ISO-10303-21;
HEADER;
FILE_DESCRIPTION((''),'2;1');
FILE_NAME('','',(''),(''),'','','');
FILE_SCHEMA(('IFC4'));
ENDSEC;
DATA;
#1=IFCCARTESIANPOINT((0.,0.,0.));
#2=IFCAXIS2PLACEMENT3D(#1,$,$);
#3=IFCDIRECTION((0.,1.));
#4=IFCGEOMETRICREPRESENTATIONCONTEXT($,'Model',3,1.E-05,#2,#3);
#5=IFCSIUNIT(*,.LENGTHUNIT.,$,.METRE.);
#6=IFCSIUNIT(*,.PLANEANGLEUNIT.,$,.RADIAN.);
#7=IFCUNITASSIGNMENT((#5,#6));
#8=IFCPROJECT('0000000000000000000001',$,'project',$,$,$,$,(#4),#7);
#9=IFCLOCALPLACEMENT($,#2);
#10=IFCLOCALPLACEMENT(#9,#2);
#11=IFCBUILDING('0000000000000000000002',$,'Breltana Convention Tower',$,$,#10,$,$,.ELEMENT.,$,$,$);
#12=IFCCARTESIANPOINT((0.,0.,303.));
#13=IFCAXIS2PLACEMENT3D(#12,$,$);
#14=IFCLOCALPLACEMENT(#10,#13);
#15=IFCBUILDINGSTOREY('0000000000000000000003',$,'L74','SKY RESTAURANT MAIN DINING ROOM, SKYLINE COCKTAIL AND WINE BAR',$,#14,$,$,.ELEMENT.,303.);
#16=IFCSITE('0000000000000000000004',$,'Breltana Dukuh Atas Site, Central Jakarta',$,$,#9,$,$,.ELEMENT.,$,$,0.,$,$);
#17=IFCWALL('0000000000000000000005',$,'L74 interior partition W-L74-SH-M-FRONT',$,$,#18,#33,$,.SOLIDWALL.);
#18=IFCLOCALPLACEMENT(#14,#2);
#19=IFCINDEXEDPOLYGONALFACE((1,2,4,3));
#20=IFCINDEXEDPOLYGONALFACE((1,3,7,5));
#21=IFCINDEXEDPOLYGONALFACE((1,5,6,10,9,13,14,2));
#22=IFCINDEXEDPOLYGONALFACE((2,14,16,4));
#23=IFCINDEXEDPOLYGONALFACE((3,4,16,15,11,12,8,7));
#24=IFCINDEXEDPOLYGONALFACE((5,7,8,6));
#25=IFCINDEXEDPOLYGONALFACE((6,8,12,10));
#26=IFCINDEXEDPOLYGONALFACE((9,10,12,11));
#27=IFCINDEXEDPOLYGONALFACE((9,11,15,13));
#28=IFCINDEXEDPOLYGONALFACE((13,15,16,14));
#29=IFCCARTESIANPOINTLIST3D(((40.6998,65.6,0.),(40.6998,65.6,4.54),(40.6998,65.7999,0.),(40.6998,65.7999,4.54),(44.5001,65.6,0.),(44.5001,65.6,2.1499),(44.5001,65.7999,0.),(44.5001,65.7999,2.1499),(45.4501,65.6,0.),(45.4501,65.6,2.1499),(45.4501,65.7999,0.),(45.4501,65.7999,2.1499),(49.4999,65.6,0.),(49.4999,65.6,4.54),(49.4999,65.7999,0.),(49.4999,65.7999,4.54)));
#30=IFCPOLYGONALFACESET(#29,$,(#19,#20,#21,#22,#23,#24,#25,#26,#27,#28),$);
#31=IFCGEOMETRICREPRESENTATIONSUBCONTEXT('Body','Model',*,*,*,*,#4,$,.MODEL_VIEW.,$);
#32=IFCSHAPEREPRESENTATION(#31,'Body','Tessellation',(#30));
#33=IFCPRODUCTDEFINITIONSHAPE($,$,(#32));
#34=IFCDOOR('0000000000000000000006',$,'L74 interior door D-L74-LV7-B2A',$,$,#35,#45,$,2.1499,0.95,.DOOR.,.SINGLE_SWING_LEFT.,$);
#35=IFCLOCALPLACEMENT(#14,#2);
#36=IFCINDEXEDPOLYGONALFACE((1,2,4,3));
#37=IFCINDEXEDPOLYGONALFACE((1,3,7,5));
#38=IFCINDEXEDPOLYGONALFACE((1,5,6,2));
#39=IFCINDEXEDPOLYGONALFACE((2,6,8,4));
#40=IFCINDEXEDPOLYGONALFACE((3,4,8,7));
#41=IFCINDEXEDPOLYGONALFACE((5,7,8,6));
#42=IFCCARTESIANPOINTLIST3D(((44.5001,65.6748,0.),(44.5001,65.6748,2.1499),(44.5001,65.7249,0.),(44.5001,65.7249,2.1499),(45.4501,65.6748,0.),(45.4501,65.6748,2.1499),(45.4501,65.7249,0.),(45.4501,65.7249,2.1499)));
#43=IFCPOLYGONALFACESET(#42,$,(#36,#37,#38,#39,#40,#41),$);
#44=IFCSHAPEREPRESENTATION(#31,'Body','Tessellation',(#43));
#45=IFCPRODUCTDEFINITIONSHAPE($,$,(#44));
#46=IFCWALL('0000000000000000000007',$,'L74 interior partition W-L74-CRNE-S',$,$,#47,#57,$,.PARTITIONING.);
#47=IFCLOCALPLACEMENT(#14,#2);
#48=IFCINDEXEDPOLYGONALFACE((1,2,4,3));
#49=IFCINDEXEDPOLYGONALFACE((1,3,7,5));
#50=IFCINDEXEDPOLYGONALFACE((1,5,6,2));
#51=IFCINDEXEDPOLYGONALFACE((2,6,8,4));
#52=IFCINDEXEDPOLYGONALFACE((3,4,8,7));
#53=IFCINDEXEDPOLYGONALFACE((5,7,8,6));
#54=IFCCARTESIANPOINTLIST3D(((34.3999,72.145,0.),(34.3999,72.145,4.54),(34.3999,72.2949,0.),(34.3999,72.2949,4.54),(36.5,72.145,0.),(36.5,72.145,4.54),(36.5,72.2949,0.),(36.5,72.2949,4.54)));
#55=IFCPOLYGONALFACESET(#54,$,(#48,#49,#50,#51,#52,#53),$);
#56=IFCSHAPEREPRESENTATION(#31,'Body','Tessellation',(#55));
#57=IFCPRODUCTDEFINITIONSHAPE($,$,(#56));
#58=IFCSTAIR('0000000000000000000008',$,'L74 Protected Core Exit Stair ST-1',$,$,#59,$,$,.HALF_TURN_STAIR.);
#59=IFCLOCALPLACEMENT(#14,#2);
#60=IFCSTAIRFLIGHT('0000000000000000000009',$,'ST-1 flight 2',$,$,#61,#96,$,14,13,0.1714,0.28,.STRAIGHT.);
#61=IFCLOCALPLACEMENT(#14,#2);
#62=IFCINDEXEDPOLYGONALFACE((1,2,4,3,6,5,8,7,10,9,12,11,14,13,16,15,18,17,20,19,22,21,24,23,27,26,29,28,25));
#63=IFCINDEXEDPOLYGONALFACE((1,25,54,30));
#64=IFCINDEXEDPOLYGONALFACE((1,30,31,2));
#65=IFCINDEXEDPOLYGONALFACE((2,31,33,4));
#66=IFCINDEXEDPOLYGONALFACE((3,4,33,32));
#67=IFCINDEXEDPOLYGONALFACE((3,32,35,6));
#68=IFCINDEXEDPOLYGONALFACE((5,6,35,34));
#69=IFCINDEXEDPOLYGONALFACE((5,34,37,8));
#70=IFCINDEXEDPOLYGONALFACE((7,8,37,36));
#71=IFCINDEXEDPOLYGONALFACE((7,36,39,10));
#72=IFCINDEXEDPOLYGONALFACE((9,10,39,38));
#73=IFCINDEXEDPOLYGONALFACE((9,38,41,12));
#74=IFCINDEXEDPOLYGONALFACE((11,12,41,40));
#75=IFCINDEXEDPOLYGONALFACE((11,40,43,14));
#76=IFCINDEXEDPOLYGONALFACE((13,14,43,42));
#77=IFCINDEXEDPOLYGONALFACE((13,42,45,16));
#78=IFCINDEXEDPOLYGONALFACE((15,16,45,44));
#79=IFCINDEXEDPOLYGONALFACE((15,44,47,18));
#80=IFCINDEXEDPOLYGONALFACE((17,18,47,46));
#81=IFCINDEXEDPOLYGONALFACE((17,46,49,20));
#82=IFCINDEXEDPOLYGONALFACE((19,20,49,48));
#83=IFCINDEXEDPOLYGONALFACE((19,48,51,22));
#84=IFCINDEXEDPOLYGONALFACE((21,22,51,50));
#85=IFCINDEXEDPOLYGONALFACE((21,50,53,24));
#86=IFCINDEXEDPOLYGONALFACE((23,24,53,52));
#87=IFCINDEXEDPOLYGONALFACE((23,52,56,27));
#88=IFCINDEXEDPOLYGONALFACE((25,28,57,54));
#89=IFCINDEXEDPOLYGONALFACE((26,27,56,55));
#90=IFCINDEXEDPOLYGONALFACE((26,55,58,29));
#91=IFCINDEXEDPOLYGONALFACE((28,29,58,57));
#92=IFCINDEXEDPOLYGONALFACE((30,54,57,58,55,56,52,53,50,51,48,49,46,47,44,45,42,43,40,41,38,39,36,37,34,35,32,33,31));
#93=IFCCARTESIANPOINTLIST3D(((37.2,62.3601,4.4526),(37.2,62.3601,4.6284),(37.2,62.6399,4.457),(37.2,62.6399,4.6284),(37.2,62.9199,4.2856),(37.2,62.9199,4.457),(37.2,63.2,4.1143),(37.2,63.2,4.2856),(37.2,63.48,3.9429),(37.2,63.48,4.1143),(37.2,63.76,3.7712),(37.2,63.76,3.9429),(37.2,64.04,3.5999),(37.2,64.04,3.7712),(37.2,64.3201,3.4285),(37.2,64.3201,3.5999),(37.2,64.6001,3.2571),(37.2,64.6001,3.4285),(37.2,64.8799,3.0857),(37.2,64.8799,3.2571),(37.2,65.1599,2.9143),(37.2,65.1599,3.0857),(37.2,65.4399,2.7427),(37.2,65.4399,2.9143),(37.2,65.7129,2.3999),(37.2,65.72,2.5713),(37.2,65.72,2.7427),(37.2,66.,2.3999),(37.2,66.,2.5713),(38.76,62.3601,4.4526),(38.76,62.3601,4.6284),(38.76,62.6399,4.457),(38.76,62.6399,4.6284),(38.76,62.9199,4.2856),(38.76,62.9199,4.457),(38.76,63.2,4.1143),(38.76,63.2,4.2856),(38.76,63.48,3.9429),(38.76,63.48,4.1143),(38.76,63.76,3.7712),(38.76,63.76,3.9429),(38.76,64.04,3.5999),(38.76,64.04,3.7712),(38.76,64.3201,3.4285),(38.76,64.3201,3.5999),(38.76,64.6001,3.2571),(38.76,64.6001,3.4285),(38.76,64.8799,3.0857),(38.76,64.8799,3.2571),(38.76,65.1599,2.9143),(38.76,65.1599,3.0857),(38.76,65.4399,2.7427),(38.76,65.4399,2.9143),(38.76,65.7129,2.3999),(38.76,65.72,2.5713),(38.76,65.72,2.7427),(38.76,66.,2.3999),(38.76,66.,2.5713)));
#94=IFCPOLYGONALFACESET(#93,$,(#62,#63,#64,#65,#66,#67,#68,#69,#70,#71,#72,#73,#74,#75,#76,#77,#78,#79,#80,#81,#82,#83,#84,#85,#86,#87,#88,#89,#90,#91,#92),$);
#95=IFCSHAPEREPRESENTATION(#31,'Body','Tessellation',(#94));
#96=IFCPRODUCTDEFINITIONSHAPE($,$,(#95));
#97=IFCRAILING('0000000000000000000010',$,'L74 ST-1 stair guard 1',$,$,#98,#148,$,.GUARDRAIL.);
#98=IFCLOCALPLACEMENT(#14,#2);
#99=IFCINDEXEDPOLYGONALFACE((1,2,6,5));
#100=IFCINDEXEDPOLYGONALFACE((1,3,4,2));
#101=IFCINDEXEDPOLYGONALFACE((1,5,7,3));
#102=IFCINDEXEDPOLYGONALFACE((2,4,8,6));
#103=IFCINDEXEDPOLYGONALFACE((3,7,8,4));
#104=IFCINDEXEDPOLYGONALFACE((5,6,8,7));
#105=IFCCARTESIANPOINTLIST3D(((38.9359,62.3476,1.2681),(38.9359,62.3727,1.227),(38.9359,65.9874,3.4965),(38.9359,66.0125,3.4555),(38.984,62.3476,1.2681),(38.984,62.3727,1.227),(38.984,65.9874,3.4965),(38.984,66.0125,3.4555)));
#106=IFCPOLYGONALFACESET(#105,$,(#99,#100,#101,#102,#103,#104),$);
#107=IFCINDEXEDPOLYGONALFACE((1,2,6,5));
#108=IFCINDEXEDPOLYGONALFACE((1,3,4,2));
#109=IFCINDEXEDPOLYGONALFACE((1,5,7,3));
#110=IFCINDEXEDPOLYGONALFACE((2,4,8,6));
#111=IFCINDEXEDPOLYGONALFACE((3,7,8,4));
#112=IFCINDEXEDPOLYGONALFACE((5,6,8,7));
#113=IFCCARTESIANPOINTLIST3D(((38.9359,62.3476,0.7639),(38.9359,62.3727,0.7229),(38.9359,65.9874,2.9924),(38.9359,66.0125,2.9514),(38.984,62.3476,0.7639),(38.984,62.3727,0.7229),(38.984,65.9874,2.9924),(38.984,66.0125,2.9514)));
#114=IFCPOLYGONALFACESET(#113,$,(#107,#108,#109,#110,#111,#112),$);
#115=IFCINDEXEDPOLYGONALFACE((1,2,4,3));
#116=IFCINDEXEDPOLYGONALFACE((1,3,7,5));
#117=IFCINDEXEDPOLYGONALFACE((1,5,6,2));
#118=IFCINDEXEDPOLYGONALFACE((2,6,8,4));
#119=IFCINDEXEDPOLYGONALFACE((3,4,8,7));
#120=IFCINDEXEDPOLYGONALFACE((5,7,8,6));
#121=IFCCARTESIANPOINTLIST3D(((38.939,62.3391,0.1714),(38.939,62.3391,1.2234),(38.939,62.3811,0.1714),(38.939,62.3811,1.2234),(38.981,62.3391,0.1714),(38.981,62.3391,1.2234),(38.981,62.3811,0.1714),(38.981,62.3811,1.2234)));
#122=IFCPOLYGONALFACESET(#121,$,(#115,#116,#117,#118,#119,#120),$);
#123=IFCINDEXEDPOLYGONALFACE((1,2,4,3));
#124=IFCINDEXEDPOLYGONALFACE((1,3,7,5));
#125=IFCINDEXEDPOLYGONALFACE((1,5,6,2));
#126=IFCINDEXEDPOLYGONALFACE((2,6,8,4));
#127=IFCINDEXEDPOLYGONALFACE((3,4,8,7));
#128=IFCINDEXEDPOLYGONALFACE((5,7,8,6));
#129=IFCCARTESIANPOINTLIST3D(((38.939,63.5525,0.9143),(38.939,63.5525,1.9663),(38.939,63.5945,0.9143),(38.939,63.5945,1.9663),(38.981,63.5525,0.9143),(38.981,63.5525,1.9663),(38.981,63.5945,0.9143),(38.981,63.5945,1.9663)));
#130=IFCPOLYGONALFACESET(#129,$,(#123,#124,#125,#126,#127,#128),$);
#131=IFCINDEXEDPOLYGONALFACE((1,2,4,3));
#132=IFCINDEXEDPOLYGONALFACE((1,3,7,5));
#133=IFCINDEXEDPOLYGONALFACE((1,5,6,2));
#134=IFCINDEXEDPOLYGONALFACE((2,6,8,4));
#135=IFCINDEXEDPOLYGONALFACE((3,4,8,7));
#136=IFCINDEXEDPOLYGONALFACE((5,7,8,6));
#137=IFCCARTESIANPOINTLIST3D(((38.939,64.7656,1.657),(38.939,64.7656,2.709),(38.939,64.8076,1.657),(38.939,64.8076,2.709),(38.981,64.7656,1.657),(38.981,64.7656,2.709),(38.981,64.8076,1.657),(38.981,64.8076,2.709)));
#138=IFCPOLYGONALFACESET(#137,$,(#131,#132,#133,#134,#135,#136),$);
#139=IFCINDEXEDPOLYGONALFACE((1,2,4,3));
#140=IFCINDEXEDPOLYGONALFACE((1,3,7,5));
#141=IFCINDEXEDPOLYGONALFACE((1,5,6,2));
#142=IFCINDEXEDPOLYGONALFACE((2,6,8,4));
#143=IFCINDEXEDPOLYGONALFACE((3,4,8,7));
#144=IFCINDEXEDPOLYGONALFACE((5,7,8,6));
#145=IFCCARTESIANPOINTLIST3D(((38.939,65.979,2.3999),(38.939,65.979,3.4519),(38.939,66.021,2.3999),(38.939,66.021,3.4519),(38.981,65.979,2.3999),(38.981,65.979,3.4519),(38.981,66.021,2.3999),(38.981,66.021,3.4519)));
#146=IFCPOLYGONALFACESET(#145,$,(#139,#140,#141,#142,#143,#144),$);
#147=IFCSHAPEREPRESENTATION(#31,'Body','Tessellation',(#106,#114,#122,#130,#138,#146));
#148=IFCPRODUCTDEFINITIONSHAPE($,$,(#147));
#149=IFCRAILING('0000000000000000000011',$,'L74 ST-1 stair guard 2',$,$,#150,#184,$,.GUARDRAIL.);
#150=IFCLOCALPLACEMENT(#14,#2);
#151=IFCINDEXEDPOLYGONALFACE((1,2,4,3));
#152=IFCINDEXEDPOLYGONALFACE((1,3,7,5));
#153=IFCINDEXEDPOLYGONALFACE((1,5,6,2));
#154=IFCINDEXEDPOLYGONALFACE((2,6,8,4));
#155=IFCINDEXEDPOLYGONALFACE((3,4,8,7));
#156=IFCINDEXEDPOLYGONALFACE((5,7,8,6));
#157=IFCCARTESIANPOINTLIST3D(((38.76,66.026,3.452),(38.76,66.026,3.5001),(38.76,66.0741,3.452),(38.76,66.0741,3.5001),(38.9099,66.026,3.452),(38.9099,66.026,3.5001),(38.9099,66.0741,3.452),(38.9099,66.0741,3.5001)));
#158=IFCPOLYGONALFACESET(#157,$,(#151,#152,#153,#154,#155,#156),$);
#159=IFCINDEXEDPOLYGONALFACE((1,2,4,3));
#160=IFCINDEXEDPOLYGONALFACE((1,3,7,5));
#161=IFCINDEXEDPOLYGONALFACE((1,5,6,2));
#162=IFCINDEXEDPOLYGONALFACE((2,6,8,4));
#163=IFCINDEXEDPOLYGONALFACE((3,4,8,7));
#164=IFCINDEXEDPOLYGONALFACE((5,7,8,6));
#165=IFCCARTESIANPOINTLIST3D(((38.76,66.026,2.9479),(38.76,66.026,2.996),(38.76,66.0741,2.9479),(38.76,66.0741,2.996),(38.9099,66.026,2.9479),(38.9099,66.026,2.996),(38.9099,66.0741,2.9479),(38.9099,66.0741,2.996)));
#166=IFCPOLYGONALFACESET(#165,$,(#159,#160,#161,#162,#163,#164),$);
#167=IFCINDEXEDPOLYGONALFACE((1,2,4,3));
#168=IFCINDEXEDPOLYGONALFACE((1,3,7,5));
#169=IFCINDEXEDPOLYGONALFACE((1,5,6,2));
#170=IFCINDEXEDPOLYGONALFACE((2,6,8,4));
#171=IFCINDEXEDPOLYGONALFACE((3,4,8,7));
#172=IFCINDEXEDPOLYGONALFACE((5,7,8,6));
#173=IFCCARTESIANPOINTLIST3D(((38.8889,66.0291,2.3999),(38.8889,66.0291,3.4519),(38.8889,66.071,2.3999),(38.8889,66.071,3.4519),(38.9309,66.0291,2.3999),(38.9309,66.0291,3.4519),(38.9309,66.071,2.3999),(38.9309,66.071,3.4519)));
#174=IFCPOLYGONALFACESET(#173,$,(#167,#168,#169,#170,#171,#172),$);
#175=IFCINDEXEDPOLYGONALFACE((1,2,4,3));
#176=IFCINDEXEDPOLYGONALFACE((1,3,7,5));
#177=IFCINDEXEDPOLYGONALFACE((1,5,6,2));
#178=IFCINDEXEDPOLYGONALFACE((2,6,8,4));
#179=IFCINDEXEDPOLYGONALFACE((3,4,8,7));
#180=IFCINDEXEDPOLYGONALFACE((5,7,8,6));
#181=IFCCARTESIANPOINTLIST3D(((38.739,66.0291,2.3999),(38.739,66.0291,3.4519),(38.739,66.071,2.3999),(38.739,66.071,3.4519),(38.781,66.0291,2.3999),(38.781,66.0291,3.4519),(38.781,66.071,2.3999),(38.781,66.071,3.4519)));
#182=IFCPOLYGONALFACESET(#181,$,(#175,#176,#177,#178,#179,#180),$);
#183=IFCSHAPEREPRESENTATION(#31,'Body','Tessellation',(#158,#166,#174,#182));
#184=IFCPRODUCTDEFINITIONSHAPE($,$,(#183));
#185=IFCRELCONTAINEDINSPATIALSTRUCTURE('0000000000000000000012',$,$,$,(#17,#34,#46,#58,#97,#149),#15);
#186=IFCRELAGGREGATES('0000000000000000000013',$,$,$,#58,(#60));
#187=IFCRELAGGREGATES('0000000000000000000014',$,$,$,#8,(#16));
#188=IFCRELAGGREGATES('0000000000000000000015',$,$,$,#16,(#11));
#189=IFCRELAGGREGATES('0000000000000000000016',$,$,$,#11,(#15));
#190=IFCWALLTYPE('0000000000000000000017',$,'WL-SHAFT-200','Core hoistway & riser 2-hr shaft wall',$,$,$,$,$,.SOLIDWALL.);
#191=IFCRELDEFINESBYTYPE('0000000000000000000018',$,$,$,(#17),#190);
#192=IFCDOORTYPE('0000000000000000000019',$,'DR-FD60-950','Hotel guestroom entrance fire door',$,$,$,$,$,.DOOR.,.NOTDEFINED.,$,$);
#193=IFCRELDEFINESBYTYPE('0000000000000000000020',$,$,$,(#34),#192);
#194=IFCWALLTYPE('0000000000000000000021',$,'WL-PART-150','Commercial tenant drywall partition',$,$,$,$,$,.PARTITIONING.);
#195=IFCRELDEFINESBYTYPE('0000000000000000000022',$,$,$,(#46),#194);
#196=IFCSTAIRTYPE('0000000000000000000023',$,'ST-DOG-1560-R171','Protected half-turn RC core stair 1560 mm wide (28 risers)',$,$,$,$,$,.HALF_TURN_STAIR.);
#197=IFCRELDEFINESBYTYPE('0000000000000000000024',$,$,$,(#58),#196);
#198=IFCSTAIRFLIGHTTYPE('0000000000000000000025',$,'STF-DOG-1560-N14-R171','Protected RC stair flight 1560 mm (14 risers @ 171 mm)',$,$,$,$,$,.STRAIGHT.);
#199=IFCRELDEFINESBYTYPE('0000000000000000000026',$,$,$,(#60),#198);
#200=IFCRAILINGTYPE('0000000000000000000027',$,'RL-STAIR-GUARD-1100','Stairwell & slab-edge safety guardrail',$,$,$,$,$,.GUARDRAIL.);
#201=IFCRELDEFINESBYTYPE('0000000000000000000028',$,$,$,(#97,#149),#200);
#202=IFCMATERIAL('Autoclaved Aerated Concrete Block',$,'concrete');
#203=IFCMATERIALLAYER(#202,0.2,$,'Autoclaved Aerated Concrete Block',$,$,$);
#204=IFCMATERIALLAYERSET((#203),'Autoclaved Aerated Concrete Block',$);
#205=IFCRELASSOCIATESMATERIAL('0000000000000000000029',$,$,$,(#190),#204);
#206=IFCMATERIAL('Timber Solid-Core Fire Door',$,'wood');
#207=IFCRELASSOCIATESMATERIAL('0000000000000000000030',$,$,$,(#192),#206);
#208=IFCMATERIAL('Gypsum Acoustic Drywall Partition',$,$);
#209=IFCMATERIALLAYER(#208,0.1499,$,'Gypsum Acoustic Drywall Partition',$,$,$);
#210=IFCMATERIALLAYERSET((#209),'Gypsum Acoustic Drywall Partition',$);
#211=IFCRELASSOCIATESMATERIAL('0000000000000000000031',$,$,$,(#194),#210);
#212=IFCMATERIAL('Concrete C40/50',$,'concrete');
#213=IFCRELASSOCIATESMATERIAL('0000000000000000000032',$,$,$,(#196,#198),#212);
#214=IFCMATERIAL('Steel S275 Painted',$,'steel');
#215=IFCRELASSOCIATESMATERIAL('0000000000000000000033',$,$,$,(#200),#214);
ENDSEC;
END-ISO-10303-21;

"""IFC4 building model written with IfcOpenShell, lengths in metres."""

from ifc_helpers import new_model, si_unit, direction, frame, frame_2d, origin, origin_2d, place, context, subcontext, project, spatial, polyline, rectangle, outline, extrude, source, transform, mapped, material, layer, layer_set, type_object, type_shapes, element, fill, aggregate, save


model = new_model("IFC4")

# Units and contexts
model_context = context("Model", 3, precision=1e-05, world=origin(), true_north=direction((0.0, 1.0)))
body_context = subcontext(model_context, "Body", "Model", "MODEL_VIEW")
ifc_project = project(units=[si_unit("LENGTHUNIT", "METRE"), si_unit("PLANEANGLEUNIT", "RADIAN")], contexts=[model_context])

# Site, building, storey
site_placement = place(None, origin())
site = spatial("IfcSite", under=ifc_project, at=site_placement, Name="Breltana Dukuh Atas Site, Central Jakarta", CompositionType="ELEMENT", RefElevation=0.0)
building_placement = place(site_placement, origin())
building = spatial("IfcBuilding", under=site, at=building_placement, Name="Breltana Convention Tower", CompositionType="ELEMENT")
storey_placement = place(building_placement, frame((0.0, 0.0, 303.0)))
storey = spatial("IfcBuildingStorey", under=building, at=storey_placement, Name="L74", Description="SKY RESTAURANT MAIN DINING ROOM, SKYLINE COCKTAIL AND WINE BAR", CompositionType="ELEMENT", Elevation=303.0)

# Shared definitions
ifc_material_1 = material(Name="Autoclaved Aerated Concrete Block", Category="concrete")
ifc_layer_1 = layer(ifc_material_1, 0.2, Name="Autoclaved Aerated Concrete Block")
ifc_layer_set_1 = layer_set([ifc_layer_1], Name="Autoclaved Aerated Concrete Block")
wall_type_1 = type_object("IfcWallType", Name="WL-SHAFT-200", Description="Core hoistway & riser 2-hr shaft wall", PredefinedType="SOLIDWALL", material=ifc_layer_set_1)
shared_shape_1 = source(origin(), body_context, "Body", "SweptSolid", [
    extrude(rectangle(XDim=8.8, YDim=0.2, at=frame_2d((4.3999, 0.0))), origin(), (0.0, 0.0, 1.0), 4.54),
])

# Wall, opening, door
wall_1_placement = place(storey_placement, frame((40.7, 65.7, 0.0), z_axis=(0.0, 0.0, 1.0), x_axis=(1.0, 0.0, 0.0)))
wall_1 = element("IfcWall", 1, at=wall_1_placement, inside=storey, type_object=wall_type_1, Name="L74 interior partition W-L74-SH-M-FRONT", PredefinedType="SOLIDWALL", context=body_context, shape_type="MappedRepresentation", body=[
    mapped(shared_shape_1, transform((0.0, 0.0, 0.0), scale=1.0)),
])
opening_1_placement = place(wall_1_placement, frame((3.8, 0.0, 0.0)))
opening_1 = element("IfcOpeningElement", 2, at=opening_1_placement, cuts=wall_1, PredefinedType="OPENING", context=body_context, shape_type="SweptSolid", body=[
    extrude(rectangle(XDim=0.95, YDim=2.1499, at=frame_2d((0.4751, 1.075))), frame((0.0, 0.1099, 0.0), z_axis=(0.0, -1.0, 0.0), x_axis=(1.0, 0.0, 0.0)), (0.0, 0.0, 1.0), 0.22),
])
ifc_material_2 = material(Name="Timber Solid-Core Fire Door", Category="wood")
door_type_1 = type_object("IfcDoorType", Name="DR-FD60-950", Description="Hotel guestroom entrance fire door", OperationType="NOTDEFINED", PredefinedType="DOOR", material=ifc_material_2)
shared_shape_2 = source(origin(), body_context, "Body", "SweptSolid", [
    extrude(rectangle(XDim=0.95, YDim=2.1499, at=frame_2d((0.4751, 1.075))), frame((0.0, 0.0249, 0.0), z_axis=(0.0, -1.0, 0.0), x_axis=(1.0, 0.0, 0.0)), (0.0, 0.0, 1.0), 0.05),
])
type_shapes(door_type_1, [shared_shape_2])
door_1_placement = place(opening_1_placement, origin())
door_1 = element("IfcDoor", 3, at=door_1_placement, inside=storey, type_object=door_type_1, Name="L74 interior door D-L74-LV7-B2A", OperationType="SINGLE_SWING_LEFT", OverallHeight=2.1499, OverallWidth=0.95, PredefinedType="DOOR", context=body_context, shape_type="MappedRepresentation", body=[
    mapped(shared_shape_2, transform((0.0, 0.0, 0.0), scale=1.0)),
])
fill(opening_1, door_1)

# Wall
ifc_material_3 = material(Name="Gypsum Acoustic Drywall Partition")
ifc_layer_2 = layer(ifc_material_3, 0.1499, Name="Gypsum Acoustic Drywall Partition")
ifc_layer_set_2 = layer_set([ifc_layer_2], Name="Gypsum Acoustic Drywall Partition")
wall_type_2 = type_object("IfcWallType", Name="WL-PART-150", Description="Commercial tenant drywall partition", PredefinedType="PARTITIONING", material=ifc_layer_set_2)
shared_shape_3 = source(origin(), body_context, "Body", "SweptSolid", [
    extrude(rectangle(XDim=2.1001, YDim=0.1499, at=frame_2d((1.05, 0.0))), origin(), (0.0, 0.0, 1.0), 4.54),
])
wall_2_placement = place(storey_placement, frame((34.3999, 72.22, 0.0), z_axis=(0.0, 0.0, 1.0), x_axis=(1.0, 0.0, 0.0)))
element("IfcWall", 4, at=wall_2_placement, inside=storey, type_object=wall_type_2, Name="L74 interior partition W-L74-CRNE-S", PredefinedType="PARTITIONING", context=body_context, shape_type="MappedRepresentation", body=[
    mapped(shared_shape_3, transform((0.0, 0.0, 0.0), scale=1.0)),
])

# Stair, stair flight
ifc_material_4 = material(Name="Concrete C40/50", Category="concrete")
stair_type = type_object("IfcStairType", Name="ST-DOG-1560-R171", Description="Protected half-turn RC core stair 1560 mm wide (28 risers)", PredefinedType="HALF_TURN_STAIR", material=ifc_material_4)
stair_placement = place(storey_placement, origin())
stair = element("IfcStair", 5, at=stair_placement, inside=storey, type_object=stair_type, Name="L74 Protected Core Exit Stair ST-1", PredefinedType="HALF_TURN_STAIR")
stair_flight_type = type_object("IfcStairFlightType", Name="STF-DOG-1560-N14-R171", Description="Protected RC stair flight 1560 mm (14 risers @ 171 mm)", PredefinedType="STRAIGHT", material=ifc_material_4)
stair_flight_placement = place(storey_placement, frame((37.98, 66.0, 2.3999), z_axis=(0.0, 0.0, 1.0), x_axis=(0.0, -1.0, 0.0)))
stair_flight = element("IfcStairFlight", 6, at=stair_flight_placement, type_object=stair_flight_type, Name="ST-1 flight 2", NumberOfRisers=14, NumberOfTreads=13, PredefinedType="STRAIGHT", RiserHeight=0.1714, TreadLength=0.28, context=body_context, shape_type="SweptSolid", body=[
    extrude(outline(polyline([(0.0, 0.0), (0.0, 0.1714), (0.28, 0.1714), (0.28, 0.3428), (0.5601, 0.3428), (0.5601, 0.5144), (0.8401, 0.5144), (0.8401, 0.6858), (1.1201, 0.6858), (1.1201, 0.8572), (1.3999, 0.8572), (1.3999, 1.0286), (1.6799, 1.0286), (1.6799, 1.2), (1.96, 1.2), (1.96, 1.3713), (2.24, 1.3713), (2.24, 1.543), (2.52, 1.543), (2.52, 1.7144), (2.8, 1.7144), (2.8, 1.8857), (3.0801, 1.8857), (3.0801, 2.0571), (3.3601, 2.0571), (3.3601, 2.2285), (3.6399, 2.2285), (3.6399, 2.3999), (3.6399, 2.0527), (0.2871, 0.0), (0.0, 0.0)])), frame((0.0, 0.78, 0.0), z_axis=(0.0, -1.0, 0.0), x_axis=(1.0, 0.0, 0.0)), (0.0, 0.0, 1.0), 1.5601),
])
aggregate(stair, [stair_flight])

# Railings
ifc_material_5 = material(Name="Steel S275 Painted", Category="steel")
railing_type_1 = type_object("IfcRailingType", Name="RL-STAIR-GUARD-1100", Description="Stairwell & slab-edge safety guardrail", PredefinedType="GUARDRAIL", material=ifc_material_5)
railing_1_placement = place(storey_placement, frame((38.96, 62.3601, 0.1714)))
element("IfcRailing", 7, at=railing_1_placement, inside=storey, type_object=railing_type_1, Name="L74 ST-1 stair guard 1", PredefinedType="GUARDRAIL", context=body_context, shape_type="SweptSolid", body=[
    extrude(rectangle(XDim=0.0481, YDim=0.0481, at=origin_2d()), frame((0.0, 0.0, 1.0762), z_axis=(0.0, 0.85285, 0.522156), x_axis=(-1.0, 0.0, 0.0)), (0.0, 0.0, 1.0), 4.2678),
    extrude(rectangle(XDim=0.0481, YDim=0.0481, at=origin_2d()), frame((0.0, 0.0, 0.572), z_axis=(0.0, 0.85285, 0.522156), x_axis=(-1.0, 0.0, 0.0)), (0.0, 0.0, 1.0), 4.2678),
    extrude(rectangle(XDim=0.042, YDim=0.042, at=origin_2d()), origin(), (0.0, 0.0, 1.0), 1.052),
    extrude(rectangle(XDim=0.042, YDim=0.042, at=origin_2d()), frame((0.0, 1.2134, 0.7429)), (0.0, 0.0, 1.0), 1.052),
    extrude(rectangle(XDim=0.042, YDim=0.042, at=origin_2d()), frame((0.0, 2.4265, 1.4856)), (0.0, 0.0, 1.0), 1.052),
    extrude(rectangle(XDim=0.042, YDim=0.042, at=origin_2d()), frame((0.0, 3.6399, 2.2285)), (0.0, 0.0, 1.0), 1.052),
])
railing_2_placement = place(storey_placement, frame((38.9099, 66.05, 2.3999)))
element("IfcRailing", 8, at=railing_2_placement, inside=storey, type_object=railing_type_1, Name="L74 ST-1 stair guard 2", PredefinedType="GUARDRAIL", context=body_context, shape_type="SweptSolid", body=[
    extrude(rectangle(XDim=0.0481, YDim=0.0481, at=origin_2d()), frame((0.0, 0.0, 1.0762), z_axis=(-1.0, 0.0, 0.0), x_axis=(0.0, -1.0, 0.0)), (0.0, 0.0, 1.0), 0.1499),
    extrude(rectangle(XDim=0.0481, YDim=0.0481, at=origin_2d()), frame((0.0, 0.0, 0.572), z_axis=(-1.0, 0.0, 0.0), x_axis=(0.0, -1.0, 0.0)), (0.0, 0.0, 1.0), 0.1499),
    extrude(rectangle(XDim=0.042, YDim=0.042, at=origin_2d()), origin(), (0.0, 0.0, 1.0), 1.052),
    extrude(rectangle(XDim=0.042, YDim=0.042, at=origin_2d()), frame((-0.1499, 0.0, 0.0)), (0.0, 0.0, 1.0), 1.052),
])

save(model, "model.ifc")
